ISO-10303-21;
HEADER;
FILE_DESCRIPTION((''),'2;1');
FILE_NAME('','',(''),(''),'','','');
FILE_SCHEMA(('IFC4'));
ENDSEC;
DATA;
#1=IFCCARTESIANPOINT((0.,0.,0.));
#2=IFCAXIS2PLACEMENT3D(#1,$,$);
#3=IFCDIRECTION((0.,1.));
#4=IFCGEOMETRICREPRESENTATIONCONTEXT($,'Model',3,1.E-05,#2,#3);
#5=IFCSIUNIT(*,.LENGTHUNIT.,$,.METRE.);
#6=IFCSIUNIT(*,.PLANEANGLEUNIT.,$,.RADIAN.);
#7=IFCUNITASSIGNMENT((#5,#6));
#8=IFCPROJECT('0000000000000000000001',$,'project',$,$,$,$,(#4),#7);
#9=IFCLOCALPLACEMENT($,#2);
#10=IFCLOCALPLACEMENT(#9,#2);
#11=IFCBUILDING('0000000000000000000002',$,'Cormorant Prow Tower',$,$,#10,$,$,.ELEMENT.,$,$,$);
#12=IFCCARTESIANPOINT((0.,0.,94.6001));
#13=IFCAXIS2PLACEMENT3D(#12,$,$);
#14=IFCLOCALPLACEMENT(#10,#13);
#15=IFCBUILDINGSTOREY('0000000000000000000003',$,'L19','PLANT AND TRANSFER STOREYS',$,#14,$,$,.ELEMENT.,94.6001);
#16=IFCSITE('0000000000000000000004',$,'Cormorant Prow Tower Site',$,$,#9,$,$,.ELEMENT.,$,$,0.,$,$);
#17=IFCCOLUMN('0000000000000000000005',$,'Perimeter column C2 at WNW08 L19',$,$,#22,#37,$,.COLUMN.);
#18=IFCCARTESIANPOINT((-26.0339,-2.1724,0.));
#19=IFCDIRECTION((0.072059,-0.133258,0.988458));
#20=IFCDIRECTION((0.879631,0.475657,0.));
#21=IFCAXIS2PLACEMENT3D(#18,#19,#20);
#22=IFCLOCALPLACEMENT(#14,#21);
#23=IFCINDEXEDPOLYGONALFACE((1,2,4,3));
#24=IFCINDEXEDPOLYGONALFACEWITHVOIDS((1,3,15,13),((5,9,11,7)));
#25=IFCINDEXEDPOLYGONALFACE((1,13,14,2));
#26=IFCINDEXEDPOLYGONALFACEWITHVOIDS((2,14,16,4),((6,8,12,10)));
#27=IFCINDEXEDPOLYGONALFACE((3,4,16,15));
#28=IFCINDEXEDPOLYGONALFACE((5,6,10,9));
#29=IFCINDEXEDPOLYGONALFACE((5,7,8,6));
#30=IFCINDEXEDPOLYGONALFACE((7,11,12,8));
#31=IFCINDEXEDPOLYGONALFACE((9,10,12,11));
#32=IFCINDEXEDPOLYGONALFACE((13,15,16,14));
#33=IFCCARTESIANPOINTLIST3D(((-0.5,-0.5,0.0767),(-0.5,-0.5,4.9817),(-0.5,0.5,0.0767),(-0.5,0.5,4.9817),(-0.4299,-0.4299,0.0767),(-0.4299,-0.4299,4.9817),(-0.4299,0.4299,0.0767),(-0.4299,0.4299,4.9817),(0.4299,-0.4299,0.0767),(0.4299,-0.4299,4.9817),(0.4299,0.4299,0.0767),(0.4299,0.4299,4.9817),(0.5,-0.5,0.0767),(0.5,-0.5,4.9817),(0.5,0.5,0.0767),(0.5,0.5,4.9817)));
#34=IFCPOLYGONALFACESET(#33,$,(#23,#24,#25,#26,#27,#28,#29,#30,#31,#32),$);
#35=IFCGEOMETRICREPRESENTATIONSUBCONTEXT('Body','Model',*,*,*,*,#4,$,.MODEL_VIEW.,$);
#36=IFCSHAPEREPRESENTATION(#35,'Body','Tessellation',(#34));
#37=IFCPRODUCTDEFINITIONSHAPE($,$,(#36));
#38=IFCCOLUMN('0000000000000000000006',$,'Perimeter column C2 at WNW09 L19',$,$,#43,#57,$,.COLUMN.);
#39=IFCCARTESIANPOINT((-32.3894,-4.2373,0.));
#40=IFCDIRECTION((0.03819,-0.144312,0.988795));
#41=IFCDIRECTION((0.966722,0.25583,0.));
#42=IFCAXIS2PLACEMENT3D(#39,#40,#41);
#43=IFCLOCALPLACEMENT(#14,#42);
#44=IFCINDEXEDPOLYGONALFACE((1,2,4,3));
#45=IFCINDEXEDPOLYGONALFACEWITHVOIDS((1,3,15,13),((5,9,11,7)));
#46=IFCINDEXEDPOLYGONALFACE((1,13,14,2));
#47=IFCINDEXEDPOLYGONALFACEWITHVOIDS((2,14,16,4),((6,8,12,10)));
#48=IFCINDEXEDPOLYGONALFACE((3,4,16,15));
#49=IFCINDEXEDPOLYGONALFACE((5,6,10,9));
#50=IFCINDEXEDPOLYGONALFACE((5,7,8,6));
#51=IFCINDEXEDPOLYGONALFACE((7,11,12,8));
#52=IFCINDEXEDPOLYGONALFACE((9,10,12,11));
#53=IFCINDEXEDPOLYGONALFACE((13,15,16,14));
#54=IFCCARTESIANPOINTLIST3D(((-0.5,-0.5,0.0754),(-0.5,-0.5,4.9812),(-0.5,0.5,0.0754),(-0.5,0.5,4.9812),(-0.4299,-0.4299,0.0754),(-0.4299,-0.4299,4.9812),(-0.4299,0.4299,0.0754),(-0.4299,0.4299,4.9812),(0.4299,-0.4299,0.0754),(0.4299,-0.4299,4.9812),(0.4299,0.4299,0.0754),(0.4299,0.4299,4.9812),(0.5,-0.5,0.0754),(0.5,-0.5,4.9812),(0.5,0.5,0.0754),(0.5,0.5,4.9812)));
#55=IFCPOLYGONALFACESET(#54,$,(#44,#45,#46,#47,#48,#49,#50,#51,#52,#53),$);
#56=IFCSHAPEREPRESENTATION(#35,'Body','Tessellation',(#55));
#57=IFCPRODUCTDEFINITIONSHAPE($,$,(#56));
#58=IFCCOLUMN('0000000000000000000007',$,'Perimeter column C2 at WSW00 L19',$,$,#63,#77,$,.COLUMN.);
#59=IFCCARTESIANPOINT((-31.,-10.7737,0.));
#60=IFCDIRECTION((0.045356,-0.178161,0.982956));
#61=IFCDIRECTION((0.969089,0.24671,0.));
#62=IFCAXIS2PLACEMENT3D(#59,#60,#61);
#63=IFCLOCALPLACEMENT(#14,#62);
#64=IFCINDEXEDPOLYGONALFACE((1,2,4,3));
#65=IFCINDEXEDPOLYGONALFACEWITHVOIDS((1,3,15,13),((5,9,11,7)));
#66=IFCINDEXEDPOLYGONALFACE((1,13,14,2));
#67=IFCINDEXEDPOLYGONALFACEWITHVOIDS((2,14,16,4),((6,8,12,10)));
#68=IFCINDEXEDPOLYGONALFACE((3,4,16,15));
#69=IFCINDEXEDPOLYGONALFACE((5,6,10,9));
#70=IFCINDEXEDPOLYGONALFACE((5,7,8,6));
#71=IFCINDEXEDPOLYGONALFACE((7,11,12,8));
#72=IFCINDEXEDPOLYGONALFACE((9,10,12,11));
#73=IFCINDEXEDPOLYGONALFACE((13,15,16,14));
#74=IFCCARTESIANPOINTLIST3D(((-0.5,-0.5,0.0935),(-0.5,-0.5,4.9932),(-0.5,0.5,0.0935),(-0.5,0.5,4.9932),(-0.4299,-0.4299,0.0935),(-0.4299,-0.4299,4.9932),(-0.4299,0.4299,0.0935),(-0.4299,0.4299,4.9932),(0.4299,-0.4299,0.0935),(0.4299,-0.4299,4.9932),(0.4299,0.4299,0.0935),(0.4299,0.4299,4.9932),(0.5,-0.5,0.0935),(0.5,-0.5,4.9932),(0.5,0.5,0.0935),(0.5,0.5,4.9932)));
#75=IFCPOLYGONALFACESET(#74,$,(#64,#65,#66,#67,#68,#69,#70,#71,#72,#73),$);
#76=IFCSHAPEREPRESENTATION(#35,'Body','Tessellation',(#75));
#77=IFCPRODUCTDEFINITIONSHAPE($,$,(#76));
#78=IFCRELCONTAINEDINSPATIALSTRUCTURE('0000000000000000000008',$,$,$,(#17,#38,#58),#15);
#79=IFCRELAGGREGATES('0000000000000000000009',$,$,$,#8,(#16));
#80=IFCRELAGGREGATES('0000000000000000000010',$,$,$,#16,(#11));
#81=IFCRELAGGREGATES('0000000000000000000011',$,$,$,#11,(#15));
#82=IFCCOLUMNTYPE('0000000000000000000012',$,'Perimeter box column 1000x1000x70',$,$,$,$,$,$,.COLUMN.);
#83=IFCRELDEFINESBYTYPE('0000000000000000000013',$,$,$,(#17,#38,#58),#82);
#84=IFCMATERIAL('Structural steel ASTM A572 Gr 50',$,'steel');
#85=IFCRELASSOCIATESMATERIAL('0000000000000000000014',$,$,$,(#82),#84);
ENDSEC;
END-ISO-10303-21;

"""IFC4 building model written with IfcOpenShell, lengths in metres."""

from ifc_helpers import new_model, si_unit, direction, frame, origin, origin_2d, place, context, subcontext, project, spatial, hollow_rectangle, extrude, material, material_profile, profile_set, type_object, element, save


model = new_model("IFC4")

# Units and contexts
model_context = context("Model", 3, precision=1e-05, world=origin(), true_north=direction((0.0, 1.0)))
body_context = subcontext(model_context, "Body", "Model", "MODEL_VIEW")
ifc_project = project(units=[si_unit("LENGTHUNIT", "METRE"), si_unit("PLANEANGLEUNIT", "RADIAN")], contexts=[model_context])

# Site, building, storey
site_placement = place(None, origin())
site = spatial("IfcSite", under=ifc_project, at=site_placement, Name="Cormorant Prow Tower Site", CompositionType="ELEMENT", RefElevation=0.0)
building_placement = place(site_placement, origin())
building = spatial("IfcBuilding", under=site, at=building_placement, Name="Cormorant Prow Tower", CompositionType="ELEMENT")
storey_placement = place(building_placement, frame((0.0, 0.0, 94.6001)))
storey = spatial("IfcBuildingStorey", under=building, at=storey_placement, Name="L19", Description="PLANT AND TRANSFER STOREYS", CompositionType="ELEMENT", Elevation=94.6001)

# Columns
ifc_material_1 = material(Name="Structural steel ASTM A572 Gr 50", Category="steel")
ifc_material_profile_1 = material_profile(ifc_material_1, hollow_rectangle(XDim=1.0, YDim=1.0, WallThickness=0.0701, at=origin_2d()), Name="Box 1000x1000x70")
ifc_profile_set_1 = profile_set([ifc_material_profile_1], Name="Structural steel ASTM A572 Gr 50")
column_type_1 = type_object("IfcColumnType", Name="Perimeter box column 1000x1000x70", PredefinedType="COLUMN", material=ifc_profile_set_1)
column_1_placement = place(storey_placement, frame((-26.0339, -2.1724, 0.0), z_axis=(0.072059, -0.133258, 0.988458), x_axis=(0.879631, 0.475657, 0.0)))
element("IfcColumn", 1, at=column_1_placement, inside=storey, type_object=column_type_1, Name="Perimeter column C2 at WNW08 L19", PredefinedType="COLUMN", context=body_context, shape_type="SweptSolid", body=[
    extrude(hollow_rectangle(XDim=1.0, YDim=1.0, WallThickness=0.0701, at=origin_2d()), frame((0.0, 0.0, 0.0767)), (0.0, 0.0, 1.0), 4.905),
])
column_2_placement = place(storey_placement, frame((-32.3894, -4.2373, 0.0), z_axis=(0.03819, -0.144312, 0.988795), x_axis=(0.966722, 0.25583, 0.0)))
element("IfcColumn", 2, at=column_2_placement, inside=storey, type_object=column_type_1, Name="Perimeter column C2 at WNW09 L19", PredefinedType="COLUMN", context=body_context, shape_type="SweptSolid", body=[
    extrude(hollow_rectangle(XDim=1.0, YDim=1.0, WallThickness=0.0701, at=origin_2d()), frame((0.0, 0.0, 0.0754)), (0.0, 0.0, 1.0), 4.9058),
])
column_3_placement = place(storey_placement, frame((-31.0, -10.7737, 0.0), z_axis=(0.045356, -0.178161, 0.982956), x_axis=(0.969089, 0.24671, 0.0)))
element("IfcColumn", 3, at=column_3_placement, inside=storey, type_object=column_type_1, Name="Perimeter column C2 at WSW00 L19", PredefinedType="COLUMN", context=body_context, shape_type="SweptSolid", body=[
    extrude(hollow_rectangle(XDim=1.0, YDim=1.0, WallThickness=0.0701, at=origin_2d()), frame((0.0, 0.0, 0.0935)), (0.0, 0.0, 1.0), 4.8997),
])

save(model, "model.ifc")
